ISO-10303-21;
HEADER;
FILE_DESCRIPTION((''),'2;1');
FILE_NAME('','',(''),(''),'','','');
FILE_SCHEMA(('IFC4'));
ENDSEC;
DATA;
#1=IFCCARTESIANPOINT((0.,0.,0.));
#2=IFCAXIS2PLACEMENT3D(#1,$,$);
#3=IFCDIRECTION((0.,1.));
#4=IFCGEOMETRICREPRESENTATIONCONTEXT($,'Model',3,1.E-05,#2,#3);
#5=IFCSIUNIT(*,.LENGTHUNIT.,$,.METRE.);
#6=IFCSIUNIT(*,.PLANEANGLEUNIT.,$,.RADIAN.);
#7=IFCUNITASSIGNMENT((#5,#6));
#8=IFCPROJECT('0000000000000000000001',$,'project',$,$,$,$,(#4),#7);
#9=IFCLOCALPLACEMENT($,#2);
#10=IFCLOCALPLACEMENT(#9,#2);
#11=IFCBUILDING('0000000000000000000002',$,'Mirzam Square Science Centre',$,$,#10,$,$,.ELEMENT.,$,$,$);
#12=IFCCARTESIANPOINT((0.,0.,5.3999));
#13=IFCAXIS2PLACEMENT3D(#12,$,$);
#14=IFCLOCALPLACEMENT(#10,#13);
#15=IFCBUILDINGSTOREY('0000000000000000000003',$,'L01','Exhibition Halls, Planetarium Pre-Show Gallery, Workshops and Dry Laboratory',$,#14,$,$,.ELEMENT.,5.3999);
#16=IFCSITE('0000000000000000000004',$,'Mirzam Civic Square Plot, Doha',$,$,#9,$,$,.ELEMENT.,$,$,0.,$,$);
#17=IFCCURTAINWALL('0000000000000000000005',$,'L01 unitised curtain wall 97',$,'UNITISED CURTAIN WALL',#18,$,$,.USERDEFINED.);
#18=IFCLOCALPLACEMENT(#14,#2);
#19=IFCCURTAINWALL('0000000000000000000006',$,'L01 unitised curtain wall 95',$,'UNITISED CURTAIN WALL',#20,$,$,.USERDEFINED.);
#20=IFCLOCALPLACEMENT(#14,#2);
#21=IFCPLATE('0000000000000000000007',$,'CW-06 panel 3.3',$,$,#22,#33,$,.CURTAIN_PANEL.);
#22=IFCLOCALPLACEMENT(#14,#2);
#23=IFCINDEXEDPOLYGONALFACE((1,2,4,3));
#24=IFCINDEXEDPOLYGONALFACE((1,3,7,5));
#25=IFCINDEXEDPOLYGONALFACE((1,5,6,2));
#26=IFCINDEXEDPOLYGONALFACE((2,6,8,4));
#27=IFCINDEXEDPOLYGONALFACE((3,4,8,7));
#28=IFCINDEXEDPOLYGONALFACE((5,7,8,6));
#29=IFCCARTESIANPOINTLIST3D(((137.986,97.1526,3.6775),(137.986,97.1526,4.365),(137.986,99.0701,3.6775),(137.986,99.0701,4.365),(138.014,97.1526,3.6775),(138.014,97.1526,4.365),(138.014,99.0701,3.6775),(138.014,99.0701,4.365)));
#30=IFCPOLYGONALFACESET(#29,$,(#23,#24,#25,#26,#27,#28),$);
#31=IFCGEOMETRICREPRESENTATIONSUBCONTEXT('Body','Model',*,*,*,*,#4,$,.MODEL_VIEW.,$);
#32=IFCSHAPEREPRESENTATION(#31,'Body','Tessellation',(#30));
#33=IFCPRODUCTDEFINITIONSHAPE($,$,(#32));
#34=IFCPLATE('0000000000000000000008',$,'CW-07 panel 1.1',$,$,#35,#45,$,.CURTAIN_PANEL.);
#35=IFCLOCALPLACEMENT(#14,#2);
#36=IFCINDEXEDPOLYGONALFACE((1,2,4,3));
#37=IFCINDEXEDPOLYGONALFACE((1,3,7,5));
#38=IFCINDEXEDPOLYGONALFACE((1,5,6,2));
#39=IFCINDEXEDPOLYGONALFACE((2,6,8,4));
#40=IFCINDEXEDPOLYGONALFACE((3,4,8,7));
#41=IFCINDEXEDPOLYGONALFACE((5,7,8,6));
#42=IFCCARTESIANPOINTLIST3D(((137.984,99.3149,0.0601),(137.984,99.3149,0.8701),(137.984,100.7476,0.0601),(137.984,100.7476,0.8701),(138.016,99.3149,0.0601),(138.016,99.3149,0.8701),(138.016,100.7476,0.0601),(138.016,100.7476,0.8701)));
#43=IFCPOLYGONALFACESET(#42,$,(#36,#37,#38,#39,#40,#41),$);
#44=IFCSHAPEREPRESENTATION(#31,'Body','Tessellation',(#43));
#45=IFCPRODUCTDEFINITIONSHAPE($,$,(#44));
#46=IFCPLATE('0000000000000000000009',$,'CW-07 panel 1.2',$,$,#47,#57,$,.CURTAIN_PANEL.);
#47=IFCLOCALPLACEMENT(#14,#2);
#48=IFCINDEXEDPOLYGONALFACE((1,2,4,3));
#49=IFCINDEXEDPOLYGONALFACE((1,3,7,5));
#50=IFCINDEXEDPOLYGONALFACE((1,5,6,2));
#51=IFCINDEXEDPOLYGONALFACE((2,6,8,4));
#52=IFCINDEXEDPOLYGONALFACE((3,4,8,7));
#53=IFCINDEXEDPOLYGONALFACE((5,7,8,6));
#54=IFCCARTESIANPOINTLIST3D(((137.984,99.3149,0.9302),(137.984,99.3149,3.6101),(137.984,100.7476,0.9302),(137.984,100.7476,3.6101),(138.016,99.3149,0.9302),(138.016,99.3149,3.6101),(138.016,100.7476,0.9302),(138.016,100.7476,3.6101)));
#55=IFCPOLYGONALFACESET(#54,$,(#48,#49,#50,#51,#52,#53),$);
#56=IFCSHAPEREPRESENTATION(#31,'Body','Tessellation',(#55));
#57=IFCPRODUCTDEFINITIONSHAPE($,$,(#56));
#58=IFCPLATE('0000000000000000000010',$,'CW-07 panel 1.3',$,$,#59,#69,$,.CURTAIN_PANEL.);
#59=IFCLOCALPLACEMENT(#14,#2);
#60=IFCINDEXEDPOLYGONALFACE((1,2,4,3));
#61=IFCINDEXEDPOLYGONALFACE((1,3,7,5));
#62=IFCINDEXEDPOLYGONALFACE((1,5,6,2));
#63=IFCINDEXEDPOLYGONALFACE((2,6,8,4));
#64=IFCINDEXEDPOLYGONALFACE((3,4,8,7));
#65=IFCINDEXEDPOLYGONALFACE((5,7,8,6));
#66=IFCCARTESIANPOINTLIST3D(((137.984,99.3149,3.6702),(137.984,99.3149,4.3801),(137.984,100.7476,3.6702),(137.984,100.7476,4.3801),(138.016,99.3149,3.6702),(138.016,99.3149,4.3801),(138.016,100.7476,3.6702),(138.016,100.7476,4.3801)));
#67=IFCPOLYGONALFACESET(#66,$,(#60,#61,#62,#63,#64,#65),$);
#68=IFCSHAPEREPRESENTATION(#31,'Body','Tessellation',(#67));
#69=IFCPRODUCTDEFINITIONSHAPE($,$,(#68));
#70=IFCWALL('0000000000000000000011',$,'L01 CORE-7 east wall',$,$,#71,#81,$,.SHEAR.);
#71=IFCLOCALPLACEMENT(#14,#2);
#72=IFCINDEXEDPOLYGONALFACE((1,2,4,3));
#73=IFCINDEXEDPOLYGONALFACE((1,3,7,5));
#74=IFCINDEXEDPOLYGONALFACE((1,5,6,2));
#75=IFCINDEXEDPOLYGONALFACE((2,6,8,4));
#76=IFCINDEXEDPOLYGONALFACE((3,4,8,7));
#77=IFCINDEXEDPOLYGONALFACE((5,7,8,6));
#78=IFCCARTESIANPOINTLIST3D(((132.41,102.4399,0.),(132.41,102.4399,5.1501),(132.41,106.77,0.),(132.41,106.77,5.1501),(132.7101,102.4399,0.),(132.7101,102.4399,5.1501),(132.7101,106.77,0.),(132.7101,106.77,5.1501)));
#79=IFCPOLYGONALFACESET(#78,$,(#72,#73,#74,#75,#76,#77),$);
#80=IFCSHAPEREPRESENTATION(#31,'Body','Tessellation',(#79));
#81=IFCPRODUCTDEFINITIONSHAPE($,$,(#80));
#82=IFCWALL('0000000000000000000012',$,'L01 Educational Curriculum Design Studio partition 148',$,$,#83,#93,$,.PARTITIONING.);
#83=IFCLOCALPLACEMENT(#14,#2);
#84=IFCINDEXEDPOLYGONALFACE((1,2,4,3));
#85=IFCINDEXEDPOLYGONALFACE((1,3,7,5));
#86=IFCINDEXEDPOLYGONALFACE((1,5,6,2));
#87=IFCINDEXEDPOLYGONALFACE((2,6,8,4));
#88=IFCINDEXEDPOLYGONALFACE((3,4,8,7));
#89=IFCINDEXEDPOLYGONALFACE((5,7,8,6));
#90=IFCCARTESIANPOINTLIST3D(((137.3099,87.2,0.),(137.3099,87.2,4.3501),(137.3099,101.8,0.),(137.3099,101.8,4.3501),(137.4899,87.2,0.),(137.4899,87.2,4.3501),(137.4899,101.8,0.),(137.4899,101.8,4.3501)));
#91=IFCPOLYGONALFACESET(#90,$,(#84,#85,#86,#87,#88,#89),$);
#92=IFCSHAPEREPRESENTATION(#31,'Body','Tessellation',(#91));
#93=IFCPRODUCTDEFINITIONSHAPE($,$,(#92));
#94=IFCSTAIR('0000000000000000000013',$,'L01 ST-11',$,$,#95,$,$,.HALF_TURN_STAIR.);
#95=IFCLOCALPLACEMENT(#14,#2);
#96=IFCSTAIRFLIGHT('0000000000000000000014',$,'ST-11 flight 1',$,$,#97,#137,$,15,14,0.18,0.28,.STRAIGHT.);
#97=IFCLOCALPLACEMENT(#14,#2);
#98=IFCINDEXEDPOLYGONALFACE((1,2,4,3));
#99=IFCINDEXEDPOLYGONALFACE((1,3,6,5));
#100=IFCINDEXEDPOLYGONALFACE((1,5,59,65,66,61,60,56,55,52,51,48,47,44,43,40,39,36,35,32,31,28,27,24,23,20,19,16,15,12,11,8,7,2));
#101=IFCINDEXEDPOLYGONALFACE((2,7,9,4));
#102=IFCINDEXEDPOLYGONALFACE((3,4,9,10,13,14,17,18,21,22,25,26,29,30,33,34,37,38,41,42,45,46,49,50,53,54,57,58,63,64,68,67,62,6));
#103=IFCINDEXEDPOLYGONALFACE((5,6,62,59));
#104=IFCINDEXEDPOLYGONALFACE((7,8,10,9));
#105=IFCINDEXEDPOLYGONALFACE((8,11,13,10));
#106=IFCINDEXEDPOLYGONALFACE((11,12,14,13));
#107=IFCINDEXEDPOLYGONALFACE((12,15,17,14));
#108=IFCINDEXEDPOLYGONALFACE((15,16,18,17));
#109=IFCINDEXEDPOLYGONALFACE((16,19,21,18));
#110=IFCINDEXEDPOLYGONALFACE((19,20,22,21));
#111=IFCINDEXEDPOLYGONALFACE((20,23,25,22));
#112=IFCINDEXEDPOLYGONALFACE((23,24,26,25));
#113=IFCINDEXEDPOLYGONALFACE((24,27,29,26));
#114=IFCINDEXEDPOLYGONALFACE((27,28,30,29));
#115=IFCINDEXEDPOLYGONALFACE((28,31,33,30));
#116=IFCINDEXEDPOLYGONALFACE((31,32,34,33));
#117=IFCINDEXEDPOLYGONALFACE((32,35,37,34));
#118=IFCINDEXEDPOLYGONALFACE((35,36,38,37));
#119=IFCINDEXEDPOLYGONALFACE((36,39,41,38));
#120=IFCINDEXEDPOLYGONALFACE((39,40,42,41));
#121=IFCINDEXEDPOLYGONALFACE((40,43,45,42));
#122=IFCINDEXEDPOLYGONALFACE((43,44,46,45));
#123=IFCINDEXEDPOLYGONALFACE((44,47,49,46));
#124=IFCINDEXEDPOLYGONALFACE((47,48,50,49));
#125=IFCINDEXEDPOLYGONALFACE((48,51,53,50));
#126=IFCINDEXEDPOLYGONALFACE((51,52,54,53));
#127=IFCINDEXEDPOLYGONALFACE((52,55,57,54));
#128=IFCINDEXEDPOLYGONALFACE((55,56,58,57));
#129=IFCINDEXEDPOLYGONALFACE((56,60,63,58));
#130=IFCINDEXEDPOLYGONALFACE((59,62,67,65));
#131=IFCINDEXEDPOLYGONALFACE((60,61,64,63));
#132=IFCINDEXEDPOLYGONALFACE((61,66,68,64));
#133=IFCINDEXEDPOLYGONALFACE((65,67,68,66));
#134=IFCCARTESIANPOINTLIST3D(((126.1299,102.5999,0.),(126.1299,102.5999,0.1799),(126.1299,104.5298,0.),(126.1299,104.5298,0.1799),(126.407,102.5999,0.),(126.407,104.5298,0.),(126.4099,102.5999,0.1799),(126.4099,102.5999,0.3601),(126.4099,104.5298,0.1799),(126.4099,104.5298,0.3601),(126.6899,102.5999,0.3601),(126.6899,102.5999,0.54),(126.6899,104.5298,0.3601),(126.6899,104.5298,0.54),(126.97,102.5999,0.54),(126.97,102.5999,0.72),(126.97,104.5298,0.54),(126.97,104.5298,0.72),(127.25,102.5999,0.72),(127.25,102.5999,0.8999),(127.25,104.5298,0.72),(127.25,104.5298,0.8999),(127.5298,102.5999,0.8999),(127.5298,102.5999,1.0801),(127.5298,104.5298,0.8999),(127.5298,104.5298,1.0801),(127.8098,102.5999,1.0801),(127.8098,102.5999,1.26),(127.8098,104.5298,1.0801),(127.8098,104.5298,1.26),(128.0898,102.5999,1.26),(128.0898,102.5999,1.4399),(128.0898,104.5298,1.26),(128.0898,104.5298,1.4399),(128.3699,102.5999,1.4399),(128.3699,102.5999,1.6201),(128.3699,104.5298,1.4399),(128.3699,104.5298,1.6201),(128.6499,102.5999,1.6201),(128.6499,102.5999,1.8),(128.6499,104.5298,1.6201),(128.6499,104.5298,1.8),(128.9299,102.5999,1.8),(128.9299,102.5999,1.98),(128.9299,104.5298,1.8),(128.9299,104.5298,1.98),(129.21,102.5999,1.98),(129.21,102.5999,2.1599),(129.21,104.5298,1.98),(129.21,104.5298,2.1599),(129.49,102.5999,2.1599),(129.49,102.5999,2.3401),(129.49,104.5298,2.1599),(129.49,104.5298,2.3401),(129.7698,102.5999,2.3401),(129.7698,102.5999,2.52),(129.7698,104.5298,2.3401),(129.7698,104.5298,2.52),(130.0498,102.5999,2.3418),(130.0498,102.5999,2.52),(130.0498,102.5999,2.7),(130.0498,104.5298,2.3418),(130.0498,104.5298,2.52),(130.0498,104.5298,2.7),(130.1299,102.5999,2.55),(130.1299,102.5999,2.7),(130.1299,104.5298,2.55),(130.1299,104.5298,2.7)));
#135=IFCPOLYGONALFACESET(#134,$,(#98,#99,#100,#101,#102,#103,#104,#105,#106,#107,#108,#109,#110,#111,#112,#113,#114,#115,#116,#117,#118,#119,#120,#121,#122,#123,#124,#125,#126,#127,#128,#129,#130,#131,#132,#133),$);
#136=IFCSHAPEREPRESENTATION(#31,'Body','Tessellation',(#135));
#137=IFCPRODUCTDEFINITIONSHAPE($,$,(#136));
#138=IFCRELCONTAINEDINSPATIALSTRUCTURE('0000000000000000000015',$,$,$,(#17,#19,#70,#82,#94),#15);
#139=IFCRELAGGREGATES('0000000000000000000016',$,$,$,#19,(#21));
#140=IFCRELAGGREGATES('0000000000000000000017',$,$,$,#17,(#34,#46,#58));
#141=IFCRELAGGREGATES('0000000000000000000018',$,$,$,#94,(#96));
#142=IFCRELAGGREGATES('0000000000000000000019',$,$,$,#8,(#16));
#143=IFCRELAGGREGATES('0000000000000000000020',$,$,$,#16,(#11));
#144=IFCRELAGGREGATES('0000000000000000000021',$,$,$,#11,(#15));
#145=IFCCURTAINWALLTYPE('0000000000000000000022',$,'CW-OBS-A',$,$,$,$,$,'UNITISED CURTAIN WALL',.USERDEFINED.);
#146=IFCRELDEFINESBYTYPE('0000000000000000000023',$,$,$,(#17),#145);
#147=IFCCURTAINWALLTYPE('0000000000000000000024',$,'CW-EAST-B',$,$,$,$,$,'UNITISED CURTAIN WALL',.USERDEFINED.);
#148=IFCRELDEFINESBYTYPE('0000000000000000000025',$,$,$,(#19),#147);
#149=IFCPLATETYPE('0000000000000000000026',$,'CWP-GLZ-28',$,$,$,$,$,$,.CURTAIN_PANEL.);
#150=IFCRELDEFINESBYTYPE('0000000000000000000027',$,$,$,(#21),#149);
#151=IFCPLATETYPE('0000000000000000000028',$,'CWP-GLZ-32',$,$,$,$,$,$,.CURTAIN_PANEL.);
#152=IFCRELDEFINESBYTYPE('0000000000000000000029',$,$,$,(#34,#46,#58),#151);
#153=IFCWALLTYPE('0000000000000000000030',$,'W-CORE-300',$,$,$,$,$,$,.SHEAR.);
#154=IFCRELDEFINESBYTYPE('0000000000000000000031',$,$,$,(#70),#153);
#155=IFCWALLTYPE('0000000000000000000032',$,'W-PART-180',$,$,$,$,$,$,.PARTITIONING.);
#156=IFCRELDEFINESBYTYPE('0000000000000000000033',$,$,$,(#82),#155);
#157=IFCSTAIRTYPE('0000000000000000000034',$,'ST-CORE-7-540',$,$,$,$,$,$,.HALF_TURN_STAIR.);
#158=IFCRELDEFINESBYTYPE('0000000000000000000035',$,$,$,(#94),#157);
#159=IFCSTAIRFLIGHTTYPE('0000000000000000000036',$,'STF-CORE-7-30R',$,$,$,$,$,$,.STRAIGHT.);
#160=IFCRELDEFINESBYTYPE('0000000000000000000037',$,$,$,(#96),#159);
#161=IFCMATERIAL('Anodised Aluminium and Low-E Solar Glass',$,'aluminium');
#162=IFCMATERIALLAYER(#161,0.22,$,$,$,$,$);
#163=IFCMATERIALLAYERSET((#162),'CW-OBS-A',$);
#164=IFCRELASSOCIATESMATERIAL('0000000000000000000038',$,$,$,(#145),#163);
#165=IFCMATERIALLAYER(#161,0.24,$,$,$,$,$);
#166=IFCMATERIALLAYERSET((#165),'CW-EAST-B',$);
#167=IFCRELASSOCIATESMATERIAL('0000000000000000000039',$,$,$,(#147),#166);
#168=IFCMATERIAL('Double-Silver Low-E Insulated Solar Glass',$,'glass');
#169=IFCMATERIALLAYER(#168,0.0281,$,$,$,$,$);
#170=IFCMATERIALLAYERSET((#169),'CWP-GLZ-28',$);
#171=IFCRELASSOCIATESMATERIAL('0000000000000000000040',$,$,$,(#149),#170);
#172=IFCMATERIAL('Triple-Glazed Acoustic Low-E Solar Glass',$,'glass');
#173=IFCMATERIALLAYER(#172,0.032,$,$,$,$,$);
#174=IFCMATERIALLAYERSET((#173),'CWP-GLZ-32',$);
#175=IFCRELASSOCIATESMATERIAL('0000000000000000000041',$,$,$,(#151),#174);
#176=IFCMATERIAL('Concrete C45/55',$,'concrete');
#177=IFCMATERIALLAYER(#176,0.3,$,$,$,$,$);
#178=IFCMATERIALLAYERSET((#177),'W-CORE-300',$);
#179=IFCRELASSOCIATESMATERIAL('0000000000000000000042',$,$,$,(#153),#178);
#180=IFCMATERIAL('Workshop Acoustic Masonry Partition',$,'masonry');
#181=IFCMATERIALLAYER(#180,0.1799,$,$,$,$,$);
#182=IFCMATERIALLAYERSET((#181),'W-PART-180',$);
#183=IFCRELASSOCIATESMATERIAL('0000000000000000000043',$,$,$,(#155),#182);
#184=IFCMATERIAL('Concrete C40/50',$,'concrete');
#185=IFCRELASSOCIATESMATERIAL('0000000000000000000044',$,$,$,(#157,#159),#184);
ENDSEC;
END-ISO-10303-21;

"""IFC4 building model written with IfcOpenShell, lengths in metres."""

from ifc_helpers import new_model, si_unit, direction, frame, frame_2d, origin, origin_2d, place, context, subcontext, project, spatial, polyline, rectangle, outline, extrude, material, layer, layer_set, type_object, element, aggregate, save


model = new_model("IFC4")

# Units and contexts
model_context = context("Model", 3, precision=1e-05, world=origin(), true_north=direction((0.0, 1.0)))
body_context = subcontext(model_context, "Body", "Model", "MODEL_VIEW")
ifc_project = project(units=[si_unit("LENGTHUNIT", "METRE"), si_unit("PLANEANGLEUNIT", "RADIAN")], contexts=[model_context])

# Site, building, storey
site_placement = place(None, origin())
site = spatial("IfcSite", under=ifc_project, at=site_placement, Name="Mirzam Civic Square Plot, Doha", CompositionType="ELEMENT", RefElevation=0.0)
building_placement = place(site_placement, origin())
building = spatial("IfcBuilding", under=site, at=building_placement, Name="Mirzam Square Science Centre", CompositionType="ELEMENT")
storey_placement = place(building_placement, frame((0.0, 0.0, 5.3999)))
storey = spatial("IfcBuildingStorey", under=building, at=storey_placement, Name="L01", Description="Exhibition Halls, Planetarium Pre-Show Gallery, Workshops and Dry Laboratory", CompositionType="ELEMENT", Elevation=5.3999)

# Curtain walls
ifc_material_1 = material(Name="Anodised Aluminium and Low-E Solar Glass", Category="aluminium")
ifc_layer_1 = layer(ifc_material_1, 0.22)
ifc_layer_set_1 = layer_set([ifc_layer_1], Name="CW-OBS-A")
curtain_wall_type_1 = type_object("IfcCurtainWallType", Name="CW-OBS-A", ElementType="UNITISED CURTAIN WALL", PredefinedType="USERDEFINED", material=ifc_layer_set_1)
curtain_wall_1_placement = place(storey_placement, origin())
curtain_wall_1 = element("IfcCurtainWall", 1, at=curtain_wall_1_placement, inside=storey, type_object=curtain_wall_type_1, Name="L01 unitised curtain wall 97", ObjectType="UNITISED CURTAIN WALL", PredefinedType="USERDEFINED")
ifc_layer_2 = layer(ifc_material_1, 0.24)
ifc_layer_set_2 = layer_set([ifc_layer_2], Name="CW-EAST-B")
curtain_wall_type_2 = type_object("IfcCurtainWallType", Name="CW-EAST-B", ElementType="UNITISED CURTAIN WALL", PredefinedType="USERDEFINED", material=ifc_layer_set_2)
curtain_wall_2_placement = place(storey_placement, origin())
curtain_wall_2 = element("IfcCurtainWall", 2, at=curtain_wall_2_placement, inside=storey, type_object=curtain_wall_type_2, Name="L01 unitised curtain wall 95", ObjectType="UNITISED CURTAIN WALL", PredefinedType="USERDEFINED")

# Plates
ifc_material_2 = material(Name="Double-Silver Low-E Insulated Solar Glass", Category="glass")
ifc_layer_3 = layer(ifc_material_2, 0.0281)
ifc_layer_set_3 = layer_set([ifc_layer_3], Name="CWP-GLZ-28")
plate_type_1 = type_object("IfcPlateType", Name="CWP-GLZ-28", PredefinedType="CURTAIN_PANEL", material=ifc_layer_set_3)
plate_1_placement = place(storey_placement, frame((138.0, 98.1113, 3.6775), z_axis=(0.0, 0.0, 1.0), x_axis=(0.0, 1.0, 0.0)))
plate_1 = element("IfcPlate", 3, at=plate_1_placement, type_object=plate_type_1, Name="CW-06 panel 3.3", PredefinedType="CURTAIN_PANEL", context=body_context, shape_type="SweptSolid", body=[
    extrude(rectangle(XDim=1.9175, YDim=0.0281, at=origin_2d()), origin(), (0.0, 0.0, 1.0), 0.6875),
])
aggregate(curtain_wall_2, [plate_1])
ifc_material_3 = material(Name="Triple-Glazed Acoustic Low-E Solar Glass", Category="glass")
ifc_layer_4 = layer(ifc_material_3, 0.032)
ifc_layer_set_4 = layer_set([ifc_layer_4], Name="CWP-GLZ-32")
plate_type_2 = type_object("IfcPlateType", Name="CWP-GLZ-32", PredefinedType="CURTAIN_PANEL", material=ifc_layer_set_4)
plate_2_placement = place(storey_placement, frame((138.0, 100.0312, 0.0601), z_axis=(0.0, 0.0, 1.0), x_axis=(0.0, 1.0, 0.0)))
plate_2 = element("IfcPlate", 4, at=plate_2_placement, type_object=plate_type_2, Name="CW-07 panel 1.1", PredefinedType="CURTAIN_PANEL", context=body_context, shape_type="SweptSolid", body=[
    extrude(rectangle(XDim=1.4326, YDim=0.032, at=origin_2d()), origin(), (0.0, 0.0, 1.0), 0.8101),
])
plate_3_placement = place(storey_placement, frame((138.0, 100.0312, 0.9302), z_axis=(0.0, 0.0, 1.0), x_axis=(0.0, 1.0, 0.0)))
plate_3 = element("IfcPlate", 5, at=plate_3_placement, type_object=plate_type_2, Name="CW-07 panel 1.2", PredefinedType="CURTAIN_PANEL", context=body_context, shape_type="SweptSolid", body=[
    extrude(rectangle(XDim=1.4326, YDim=0.032, at=origin_2d()), origin(), (0.0, 0.0, 1.0), 2.6799),
])
plate_4_placement = place(storey_placement, frame((138.0, 100.0312, 3.6702), z_axis=(0.0, 0.0, 1.0), x_axis=(0.0, 1.0, 0.0)))
plate_4 = element("IfcPlate", 6, at=plate_4_placement, type_object=plate_type_2, Name="CW-07 panel 1.3", PredefinedType="CURTAIN_PANEL", context=body_context, shape_type="SweptSolid", body=[
    extrude(rectangle(XDim=1.4326, YDim=0.032, at=origin_2d()), origin(), (0.0, 0.0, 1.0), 0.71),
])
aggregate(curtain_wall_1, [plate_2, plate_3, plate_4])

# Walls
ifc_material_4 = material(Name="Concrete C45/55", Category="concrete")
ifc_layer_5 = layer(ifc_material_4, 0.3)
ifc_layer_set_5 = layer_set([ifc_layer_5], Name="W-CORE-300")
wall_type_1 = type_object("IfcWallType", Name="W-CORE-300", PredefinedType="SHEAR", material=ifc_layer_set_5)
wall_1_placement = place(storey_placement, frame((132.5601, 102.4399, 0.0), z_axis=(0.0, 0.0, 1.0), x_axis=(0.0, 1.0, 0.0)))
element("IfcWall", 7, at=wall_1_placement, inside=storey, type_object=wall_type_1, Name="L01 CORE-7 east wall", PredefinedType="SHEAR", context=body_context, shape_type="SweptSolid", body=[
    extrude(rectangle(XDim=4.3301, YDim=0.3, at=frame_2d((2.165, 0.0))), origin(), (0.0, 0.0, 1.0), 5.1501),
])
ifc_material_5 = material(Name="Workshop Acoustic Masonry Partition", Category="masonry")
ifc_layer_6 = layer(ifc_material_5, 0.1799)
ifc_layer_set_6 = layer_set([ifc_layer_6], Name="W-PART-180")
wall_type_2 = type_object("IfcWallType", Name="W-PART-180", PredefinedType="PARTITIONING", material=ifc_layer_set_6)
wall_2_placement = place(storey_placement, frame((137.3999, 101.8, 0.0), z_axis=(0.0, 0.0, 1.0), x_axis=(0.0, -1.0, 0.0)))
element("IfcWall", 8, at=wall_2_placement, inside=storey, type_object=wall_type_2, Name="L01 Educational Curriculum Design Studio partition 148", PredefinedType="PARTITIONING", context=body_context, shape_type="SweptSolid", body=[
    extrude(rectangle(XDim=14.6001, YDim=0.1799, at=frame_2d((7.3, 0.0))), origin(), (0.0, 0.0, 1.0), 4.3501),
])

# Stair, stair flight
ifc_material_6 = material(Name="Concrete C40/50", Category="concrete")
stair_type = type_object("IfcStairType", Name="ST-CORE-7-540", PredefinedType="HALF_TURN_STAIR", material=ifc_material_6)
stair_placement = place(storey_placement, origin())
stair = element("IfcStair", 9, at=stair_placement, inside=storey, type_object=stair_type, Name="L01 ST-11", PredefinedType="HALF_TURN_STAIR")
stair_flight_type = type_object("IfcStairFlightType", Name="STF-CORE-7-30R", PredefinedType="STRAIGHT", material=ifc_material_6)
stair_flight_placement = place(storey_placement, frame((126.1299, 103.5649, 0.0), z_axis=(0.0, 0.0, 1.0), x_axis=(1.0, 0.0, 0.0)))
stair_flight = element("IfcStairFlight", 10, at=stair_flight_placement, type_object=stair_flight_type, Name="ST-11 flight 1", NumberOfRisers=15, NumberOfTreads=14, PredefinedType="STRAIGHT", RiserHeight=0.18, TreadLength=0.28, context=body_context, shape_type="SweptSolid", body=[
    extrude(outline(polyline([(0.0, 0.0), (0.0, 0.1799), (0.28, 0.1799), (0.28, 0.3601), (0.5601, 0.3601), (0.5601, 0.54), (0.8401, 0.54), (0.8401, 0.72), (1.1201, 0.72), (1.1201, 0.8999), (1.3999, 0.8999), (1.3999, 1.0801), (1.6799, 1.0801), (1.6799, 1.26), (1.96, 1.26), (1.96, 1.4399), (2.24, 1.4399), (2.24, 1.6201), (2.52, 1.6201), (2.52, 1.8), (2.8, 1.8), (2.8, 1.98), (3.0801, 1.98), (3.0801, 2.1599), (3.3601, 2.1599), (3.3601, 2.3401), (3.6399, 2.3401), (3.6399, 2.52), (3.9199, 2.52), (3.9199, 2.7), (4.0, 2.7), (4.0, 2.55), (3.9199, 2.3418), (0.2771, 0.0), (0.0, 0.0)])), frame((0.0, 0.9648, 0.0), z_axis=(0.0, -1.0, 0.0), x_axis=(1.0, 0.0, 0.0)), (0.0, 0.0, 1.0), 1.9299),
])
aggregate(stair, [stair_flight])

save(model, "model.ifc")
